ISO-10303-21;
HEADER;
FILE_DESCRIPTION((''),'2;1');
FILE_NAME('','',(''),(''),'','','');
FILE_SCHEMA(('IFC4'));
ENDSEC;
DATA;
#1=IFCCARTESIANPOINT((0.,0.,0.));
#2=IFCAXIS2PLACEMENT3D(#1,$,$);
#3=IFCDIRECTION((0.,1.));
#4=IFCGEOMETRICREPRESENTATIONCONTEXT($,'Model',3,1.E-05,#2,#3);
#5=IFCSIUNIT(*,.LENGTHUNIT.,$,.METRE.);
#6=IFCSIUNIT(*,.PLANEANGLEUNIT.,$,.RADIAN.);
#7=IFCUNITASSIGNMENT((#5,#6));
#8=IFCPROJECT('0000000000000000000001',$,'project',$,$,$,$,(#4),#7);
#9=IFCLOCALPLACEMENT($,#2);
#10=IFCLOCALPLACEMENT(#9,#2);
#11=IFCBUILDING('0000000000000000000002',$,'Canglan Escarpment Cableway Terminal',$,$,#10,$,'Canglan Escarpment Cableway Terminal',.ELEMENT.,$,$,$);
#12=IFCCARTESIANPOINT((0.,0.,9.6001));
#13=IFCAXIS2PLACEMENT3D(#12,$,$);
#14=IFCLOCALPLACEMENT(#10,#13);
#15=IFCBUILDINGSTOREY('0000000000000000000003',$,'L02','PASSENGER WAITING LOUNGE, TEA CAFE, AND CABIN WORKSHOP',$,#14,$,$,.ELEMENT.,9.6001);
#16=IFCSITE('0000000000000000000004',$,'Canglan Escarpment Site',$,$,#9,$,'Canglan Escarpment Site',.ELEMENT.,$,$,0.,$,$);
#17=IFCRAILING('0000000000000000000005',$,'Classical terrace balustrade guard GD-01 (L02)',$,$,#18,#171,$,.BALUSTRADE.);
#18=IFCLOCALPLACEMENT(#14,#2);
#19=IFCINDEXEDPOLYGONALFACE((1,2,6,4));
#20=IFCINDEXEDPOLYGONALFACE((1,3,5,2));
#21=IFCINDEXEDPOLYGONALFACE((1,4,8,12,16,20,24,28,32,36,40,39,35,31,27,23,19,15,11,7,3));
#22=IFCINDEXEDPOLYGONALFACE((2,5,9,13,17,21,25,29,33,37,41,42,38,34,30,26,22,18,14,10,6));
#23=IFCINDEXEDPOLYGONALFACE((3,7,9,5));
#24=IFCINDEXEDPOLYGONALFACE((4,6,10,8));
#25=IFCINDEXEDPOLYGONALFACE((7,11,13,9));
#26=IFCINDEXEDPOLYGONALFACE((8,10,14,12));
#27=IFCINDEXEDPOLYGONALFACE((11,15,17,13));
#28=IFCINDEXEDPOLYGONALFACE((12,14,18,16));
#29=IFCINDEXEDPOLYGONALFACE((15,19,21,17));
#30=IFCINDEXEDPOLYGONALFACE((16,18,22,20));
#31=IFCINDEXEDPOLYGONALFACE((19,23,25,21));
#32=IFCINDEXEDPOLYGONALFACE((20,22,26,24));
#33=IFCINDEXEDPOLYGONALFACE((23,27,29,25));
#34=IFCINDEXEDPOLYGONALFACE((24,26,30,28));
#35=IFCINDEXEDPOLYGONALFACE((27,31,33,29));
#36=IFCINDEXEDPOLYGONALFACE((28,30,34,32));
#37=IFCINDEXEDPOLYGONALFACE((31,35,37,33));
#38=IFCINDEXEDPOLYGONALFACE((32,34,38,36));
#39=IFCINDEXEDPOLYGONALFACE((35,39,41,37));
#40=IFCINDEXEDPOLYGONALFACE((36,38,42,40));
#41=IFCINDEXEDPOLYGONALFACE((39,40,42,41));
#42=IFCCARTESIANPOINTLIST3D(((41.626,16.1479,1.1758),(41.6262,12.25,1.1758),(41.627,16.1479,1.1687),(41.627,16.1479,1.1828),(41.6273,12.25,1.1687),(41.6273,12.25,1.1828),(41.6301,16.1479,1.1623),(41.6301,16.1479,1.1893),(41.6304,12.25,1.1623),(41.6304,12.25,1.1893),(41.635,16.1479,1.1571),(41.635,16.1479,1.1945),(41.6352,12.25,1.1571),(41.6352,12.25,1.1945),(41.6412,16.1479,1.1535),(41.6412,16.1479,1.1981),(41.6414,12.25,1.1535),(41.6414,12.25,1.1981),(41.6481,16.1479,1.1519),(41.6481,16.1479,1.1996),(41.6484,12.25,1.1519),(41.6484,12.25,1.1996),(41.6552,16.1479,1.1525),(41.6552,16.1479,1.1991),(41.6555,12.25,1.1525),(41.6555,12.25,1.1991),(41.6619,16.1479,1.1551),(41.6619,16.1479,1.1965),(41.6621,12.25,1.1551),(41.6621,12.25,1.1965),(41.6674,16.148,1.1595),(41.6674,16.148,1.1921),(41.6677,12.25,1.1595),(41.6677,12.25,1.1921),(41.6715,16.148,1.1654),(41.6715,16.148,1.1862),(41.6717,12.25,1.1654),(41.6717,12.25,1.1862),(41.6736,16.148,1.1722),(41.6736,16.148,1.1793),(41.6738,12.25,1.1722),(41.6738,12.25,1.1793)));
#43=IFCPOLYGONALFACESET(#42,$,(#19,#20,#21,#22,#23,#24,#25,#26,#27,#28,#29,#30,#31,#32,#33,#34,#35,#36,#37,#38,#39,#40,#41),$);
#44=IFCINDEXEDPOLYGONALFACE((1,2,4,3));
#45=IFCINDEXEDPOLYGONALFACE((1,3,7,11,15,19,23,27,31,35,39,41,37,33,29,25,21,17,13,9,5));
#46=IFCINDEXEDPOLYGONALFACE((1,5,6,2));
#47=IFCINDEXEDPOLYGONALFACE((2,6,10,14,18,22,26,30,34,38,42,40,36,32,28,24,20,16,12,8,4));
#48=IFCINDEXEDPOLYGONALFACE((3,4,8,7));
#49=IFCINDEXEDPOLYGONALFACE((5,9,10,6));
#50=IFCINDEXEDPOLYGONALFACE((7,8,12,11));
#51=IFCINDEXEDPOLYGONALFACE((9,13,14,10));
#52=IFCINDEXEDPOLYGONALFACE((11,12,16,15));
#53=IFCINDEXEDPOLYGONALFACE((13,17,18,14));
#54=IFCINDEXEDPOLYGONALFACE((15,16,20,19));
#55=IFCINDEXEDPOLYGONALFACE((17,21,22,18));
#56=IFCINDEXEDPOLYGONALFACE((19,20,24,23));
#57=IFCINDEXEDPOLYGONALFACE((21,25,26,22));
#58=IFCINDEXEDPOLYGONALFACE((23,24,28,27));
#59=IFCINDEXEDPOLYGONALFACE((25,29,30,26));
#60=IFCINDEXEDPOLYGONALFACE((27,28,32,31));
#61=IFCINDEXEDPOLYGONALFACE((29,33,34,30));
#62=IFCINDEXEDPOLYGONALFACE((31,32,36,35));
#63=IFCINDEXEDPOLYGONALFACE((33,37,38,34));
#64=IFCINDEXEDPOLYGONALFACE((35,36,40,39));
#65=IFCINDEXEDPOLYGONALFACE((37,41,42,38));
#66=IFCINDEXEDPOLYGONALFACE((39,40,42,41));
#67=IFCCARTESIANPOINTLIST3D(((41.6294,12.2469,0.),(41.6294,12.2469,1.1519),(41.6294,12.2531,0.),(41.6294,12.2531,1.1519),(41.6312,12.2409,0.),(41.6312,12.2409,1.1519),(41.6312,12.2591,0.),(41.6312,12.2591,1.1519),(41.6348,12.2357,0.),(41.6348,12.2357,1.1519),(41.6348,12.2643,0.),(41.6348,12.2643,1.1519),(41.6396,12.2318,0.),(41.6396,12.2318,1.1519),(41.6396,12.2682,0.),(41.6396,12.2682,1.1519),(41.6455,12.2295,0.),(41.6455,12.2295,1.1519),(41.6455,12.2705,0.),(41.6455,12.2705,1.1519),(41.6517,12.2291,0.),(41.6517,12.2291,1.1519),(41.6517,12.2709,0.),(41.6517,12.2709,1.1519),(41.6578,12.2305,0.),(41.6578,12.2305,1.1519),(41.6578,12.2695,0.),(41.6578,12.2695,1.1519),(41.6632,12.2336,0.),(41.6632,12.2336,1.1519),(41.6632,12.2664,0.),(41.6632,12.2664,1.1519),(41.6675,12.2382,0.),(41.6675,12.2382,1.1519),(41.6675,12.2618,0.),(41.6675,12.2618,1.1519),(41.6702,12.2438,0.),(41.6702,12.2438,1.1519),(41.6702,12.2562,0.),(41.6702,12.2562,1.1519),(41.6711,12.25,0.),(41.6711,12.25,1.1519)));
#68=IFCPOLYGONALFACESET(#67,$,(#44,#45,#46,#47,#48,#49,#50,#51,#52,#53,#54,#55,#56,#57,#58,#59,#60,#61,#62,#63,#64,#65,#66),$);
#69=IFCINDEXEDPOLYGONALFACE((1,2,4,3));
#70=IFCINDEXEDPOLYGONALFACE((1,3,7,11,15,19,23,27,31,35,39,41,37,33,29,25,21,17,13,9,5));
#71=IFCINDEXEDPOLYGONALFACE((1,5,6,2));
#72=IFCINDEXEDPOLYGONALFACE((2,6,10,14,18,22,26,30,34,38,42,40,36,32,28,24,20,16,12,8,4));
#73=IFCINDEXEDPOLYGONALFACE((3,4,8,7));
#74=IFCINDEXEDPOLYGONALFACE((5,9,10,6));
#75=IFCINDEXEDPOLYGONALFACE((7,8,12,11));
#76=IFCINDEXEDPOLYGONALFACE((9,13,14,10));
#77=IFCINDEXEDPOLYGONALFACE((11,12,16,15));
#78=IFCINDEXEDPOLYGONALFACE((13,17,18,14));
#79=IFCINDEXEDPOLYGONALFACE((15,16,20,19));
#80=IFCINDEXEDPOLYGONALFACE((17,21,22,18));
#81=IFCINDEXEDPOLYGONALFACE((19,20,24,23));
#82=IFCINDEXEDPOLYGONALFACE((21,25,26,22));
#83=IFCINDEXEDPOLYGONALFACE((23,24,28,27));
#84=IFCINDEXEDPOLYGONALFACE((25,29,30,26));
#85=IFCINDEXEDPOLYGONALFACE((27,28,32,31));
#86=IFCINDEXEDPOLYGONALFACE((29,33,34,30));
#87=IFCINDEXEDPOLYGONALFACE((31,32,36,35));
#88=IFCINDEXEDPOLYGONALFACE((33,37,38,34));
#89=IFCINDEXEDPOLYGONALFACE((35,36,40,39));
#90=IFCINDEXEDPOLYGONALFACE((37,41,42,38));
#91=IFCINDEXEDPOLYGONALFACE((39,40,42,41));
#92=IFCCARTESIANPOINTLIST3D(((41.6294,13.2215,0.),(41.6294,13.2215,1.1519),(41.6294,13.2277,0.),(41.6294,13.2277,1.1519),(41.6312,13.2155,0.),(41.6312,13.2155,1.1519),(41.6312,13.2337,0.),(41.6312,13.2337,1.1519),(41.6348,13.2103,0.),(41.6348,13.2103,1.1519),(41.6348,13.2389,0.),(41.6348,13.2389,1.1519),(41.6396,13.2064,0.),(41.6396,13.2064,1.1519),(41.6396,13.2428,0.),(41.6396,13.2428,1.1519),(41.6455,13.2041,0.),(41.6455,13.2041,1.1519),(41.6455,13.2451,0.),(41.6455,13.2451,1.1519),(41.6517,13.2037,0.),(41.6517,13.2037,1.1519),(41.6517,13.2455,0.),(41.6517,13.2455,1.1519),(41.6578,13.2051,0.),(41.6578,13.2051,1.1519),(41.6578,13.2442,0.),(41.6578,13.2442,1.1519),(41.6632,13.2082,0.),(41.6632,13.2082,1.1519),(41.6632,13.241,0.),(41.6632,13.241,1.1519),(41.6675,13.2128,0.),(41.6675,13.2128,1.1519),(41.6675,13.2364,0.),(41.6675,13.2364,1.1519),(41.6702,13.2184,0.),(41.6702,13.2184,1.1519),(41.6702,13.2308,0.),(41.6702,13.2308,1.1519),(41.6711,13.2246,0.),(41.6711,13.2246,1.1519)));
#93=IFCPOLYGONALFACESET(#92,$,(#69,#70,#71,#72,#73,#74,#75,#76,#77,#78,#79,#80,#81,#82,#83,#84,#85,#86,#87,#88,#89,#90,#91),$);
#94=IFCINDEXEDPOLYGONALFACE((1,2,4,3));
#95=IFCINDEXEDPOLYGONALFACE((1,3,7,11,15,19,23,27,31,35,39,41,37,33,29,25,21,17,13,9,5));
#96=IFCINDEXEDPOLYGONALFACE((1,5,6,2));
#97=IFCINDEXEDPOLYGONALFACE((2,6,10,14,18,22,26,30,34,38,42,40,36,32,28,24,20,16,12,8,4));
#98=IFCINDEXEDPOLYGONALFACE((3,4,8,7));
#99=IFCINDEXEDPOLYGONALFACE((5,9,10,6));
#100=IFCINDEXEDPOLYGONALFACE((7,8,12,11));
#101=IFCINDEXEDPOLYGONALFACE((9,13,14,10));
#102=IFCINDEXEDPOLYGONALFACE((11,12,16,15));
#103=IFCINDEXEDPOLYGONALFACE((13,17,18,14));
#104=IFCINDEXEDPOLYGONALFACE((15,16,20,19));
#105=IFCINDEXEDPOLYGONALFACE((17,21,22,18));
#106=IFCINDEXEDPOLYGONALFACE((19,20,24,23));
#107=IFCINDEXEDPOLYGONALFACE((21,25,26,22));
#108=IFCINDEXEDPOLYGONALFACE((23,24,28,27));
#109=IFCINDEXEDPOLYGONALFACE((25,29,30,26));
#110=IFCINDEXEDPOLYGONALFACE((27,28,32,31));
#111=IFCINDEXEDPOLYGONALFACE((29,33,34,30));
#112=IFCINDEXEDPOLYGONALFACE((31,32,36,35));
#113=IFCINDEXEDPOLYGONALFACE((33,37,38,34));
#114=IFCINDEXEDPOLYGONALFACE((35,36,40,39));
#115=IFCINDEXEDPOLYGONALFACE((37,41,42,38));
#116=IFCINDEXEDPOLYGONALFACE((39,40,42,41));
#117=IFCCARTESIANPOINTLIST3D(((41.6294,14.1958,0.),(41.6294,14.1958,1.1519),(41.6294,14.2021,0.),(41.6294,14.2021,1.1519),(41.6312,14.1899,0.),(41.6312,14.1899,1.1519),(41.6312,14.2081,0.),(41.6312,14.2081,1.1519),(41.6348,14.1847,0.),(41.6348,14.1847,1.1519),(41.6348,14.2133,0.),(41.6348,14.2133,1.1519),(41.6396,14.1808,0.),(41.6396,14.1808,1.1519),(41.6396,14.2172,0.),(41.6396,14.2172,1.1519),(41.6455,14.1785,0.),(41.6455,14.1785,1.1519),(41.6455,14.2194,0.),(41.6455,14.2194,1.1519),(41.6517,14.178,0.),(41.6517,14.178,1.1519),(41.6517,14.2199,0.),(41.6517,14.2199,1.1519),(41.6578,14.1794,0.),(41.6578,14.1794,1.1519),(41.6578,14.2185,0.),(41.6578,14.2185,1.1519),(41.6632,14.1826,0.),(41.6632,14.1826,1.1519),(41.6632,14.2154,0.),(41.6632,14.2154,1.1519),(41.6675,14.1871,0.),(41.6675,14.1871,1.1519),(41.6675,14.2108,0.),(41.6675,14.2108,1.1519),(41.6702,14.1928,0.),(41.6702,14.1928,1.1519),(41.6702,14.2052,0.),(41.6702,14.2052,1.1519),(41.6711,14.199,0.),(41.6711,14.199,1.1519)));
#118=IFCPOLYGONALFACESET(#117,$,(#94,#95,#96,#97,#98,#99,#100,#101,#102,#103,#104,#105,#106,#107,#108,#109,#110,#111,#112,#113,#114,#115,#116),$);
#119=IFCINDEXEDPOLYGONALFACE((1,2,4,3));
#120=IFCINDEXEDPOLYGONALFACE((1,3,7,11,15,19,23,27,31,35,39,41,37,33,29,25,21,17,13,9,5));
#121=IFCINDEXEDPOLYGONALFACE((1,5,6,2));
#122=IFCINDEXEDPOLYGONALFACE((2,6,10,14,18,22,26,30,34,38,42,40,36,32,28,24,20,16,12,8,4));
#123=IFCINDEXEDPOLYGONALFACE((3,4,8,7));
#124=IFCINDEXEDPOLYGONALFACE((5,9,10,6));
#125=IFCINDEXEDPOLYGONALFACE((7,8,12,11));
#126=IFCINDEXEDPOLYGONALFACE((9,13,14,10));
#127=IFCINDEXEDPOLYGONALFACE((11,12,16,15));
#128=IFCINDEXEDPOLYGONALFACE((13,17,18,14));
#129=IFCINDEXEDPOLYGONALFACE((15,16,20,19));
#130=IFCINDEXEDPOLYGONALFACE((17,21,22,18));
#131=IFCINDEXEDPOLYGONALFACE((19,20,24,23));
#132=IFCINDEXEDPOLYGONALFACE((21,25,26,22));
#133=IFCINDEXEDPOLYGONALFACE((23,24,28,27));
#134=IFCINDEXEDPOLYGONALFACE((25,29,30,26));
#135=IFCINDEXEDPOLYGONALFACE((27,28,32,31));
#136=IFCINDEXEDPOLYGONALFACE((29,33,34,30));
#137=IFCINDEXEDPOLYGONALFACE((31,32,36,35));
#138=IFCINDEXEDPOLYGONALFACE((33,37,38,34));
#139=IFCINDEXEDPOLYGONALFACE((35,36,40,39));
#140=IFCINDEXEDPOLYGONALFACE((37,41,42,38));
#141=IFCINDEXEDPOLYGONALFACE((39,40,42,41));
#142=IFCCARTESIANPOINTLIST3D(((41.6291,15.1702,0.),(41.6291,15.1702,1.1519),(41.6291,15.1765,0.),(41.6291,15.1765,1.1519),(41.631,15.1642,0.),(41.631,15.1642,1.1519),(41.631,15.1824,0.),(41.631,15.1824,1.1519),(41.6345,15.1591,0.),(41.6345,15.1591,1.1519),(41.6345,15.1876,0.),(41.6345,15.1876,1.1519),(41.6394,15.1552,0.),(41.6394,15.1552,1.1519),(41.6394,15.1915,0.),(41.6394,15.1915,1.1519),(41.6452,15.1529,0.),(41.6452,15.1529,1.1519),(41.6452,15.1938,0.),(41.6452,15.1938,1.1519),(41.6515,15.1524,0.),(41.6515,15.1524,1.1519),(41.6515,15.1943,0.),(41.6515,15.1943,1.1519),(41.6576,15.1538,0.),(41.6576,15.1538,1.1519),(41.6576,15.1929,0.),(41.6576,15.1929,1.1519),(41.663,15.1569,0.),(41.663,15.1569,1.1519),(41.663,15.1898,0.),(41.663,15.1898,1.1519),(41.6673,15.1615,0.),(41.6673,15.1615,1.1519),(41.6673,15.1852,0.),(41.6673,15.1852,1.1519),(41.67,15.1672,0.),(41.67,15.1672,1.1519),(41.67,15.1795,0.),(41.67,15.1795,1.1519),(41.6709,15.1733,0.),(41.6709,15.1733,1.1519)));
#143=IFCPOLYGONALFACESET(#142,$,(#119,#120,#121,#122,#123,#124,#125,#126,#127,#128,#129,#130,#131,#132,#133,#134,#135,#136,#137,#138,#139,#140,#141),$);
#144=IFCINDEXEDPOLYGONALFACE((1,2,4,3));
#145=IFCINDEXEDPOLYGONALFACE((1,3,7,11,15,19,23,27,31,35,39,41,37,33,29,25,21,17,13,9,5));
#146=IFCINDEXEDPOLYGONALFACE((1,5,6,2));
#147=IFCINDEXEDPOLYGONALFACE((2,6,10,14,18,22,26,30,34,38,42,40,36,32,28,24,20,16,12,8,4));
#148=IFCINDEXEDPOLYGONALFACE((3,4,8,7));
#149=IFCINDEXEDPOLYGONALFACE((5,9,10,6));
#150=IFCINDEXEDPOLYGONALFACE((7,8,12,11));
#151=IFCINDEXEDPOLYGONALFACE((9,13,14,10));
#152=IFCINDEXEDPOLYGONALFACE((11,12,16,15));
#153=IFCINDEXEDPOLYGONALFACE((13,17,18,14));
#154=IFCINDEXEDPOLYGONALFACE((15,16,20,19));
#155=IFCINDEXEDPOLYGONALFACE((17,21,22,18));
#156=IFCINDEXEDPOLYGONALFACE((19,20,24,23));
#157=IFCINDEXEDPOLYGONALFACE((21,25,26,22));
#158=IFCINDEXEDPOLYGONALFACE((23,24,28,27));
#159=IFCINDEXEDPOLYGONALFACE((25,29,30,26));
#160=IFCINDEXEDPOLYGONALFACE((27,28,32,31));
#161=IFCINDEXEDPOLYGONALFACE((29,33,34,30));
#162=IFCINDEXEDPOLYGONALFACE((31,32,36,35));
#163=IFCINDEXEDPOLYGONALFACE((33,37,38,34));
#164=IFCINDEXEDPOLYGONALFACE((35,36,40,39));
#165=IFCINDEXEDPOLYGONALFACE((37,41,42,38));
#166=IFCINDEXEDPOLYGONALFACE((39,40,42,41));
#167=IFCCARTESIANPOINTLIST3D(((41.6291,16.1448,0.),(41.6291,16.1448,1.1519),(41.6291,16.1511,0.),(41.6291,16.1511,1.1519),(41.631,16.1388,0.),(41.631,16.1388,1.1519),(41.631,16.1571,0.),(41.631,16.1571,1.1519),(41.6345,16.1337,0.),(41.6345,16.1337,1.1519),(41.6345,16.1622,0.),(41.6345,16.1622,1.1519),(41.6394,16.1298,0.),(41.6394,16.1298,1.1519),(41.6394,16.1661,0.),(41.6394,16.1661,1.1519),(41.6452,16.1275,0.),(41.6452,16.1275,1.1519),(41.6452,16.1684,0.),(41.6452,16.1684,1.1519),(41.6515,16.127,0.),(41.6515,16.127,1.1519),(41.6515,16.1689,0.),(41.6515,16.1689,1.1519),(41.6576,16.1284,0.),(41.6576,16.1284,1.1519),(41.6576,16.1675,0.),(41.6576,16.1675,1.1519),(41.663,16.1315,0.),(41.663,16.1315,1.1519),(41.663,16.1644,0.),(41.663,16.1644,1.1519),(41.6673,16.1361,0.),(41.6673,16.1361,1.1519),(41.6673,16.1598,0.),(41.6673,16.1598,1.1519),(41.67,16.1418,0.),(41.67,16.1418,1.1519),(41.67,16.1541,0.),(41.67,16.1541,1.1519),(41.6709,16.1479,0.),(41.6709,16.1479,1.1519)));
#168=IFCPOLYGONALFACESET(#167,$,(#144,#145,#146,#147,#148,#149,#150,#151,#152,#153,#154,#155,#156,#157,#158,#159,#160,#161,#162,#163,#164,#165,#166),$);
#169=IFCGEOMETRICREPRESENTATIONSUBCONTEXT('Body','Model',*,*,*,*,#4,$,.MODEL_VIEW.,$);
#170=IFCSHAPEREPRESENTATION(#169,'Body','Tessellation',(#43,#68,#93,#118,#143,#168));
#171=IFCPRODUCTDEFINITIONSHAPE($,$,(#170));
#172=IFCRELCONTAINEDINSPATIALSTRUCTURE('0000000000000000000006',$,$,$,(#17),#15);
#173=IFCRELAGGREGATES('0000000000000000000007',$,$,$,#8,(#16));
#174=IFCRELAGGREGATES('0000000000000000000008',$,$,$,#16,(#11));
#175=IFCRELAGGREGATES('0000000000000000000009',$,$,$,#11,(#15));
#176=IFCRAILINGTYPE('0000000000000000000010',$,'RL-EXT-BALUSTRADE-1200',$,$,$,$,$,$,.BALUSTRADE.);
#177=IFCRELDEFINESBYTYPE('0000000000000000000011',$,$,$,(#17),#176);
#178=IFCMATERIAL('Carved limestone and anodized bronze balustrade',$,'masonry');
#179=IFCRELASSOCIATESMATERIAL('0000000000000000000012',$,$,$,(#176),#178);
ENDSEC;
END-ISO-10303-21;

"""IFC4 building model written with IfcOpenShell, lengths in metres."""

from ifc_helpers import new_model, si_unit, direction, frame, origin, origin_2d, place, context, subcontext, project, spatial, circle, extrude, material, type_object, element, save


model = new_model("IFC4")

# Units and contexts
model_context = context("Model", 3, precision=1e-05, world=origin(), true_north=direction((0.0, 1.0)))
body_context = subcontext(model_context, "Body", "Model", "MODEL_VIEW")
ifc_project = project(units=[si_unit("LENGTHUNIT", "METRE"), si_unit("PLANEANGLEUNIT", "RADIAN")], contexts=[model_context])

# Site, building, storey
site_placement = place(None, origin())
site = spatial("IfcSite", under=ifc_project, at=site_placement, Name="Canglan Escarpment Site", LongName="Canglan Escarpment Site", CompositionType="ELEMENT", RefElevation=0.0)
building_placement = place(site_placement, origin())
building = spatial("IfcBuilding", under=site, at=building_placement, Name="Canglan Escarpment Cableway Terminal", LongName="Canglan Escarpment Cableway Terminal", CompositionType="ELEMENT")
storey_placement = place(building_placement, frame((0.0, 0.0, 9.6001)))
storey = spatial("IfcBuildingStorey", under=building, at=storey_placement, Name="L02", Description="PASSENGER WAITING LOUNGE, TEA CAFE, AND CABIN WORKSHOP", CompositionType="ELEMENT", Elevation=9.6001)

# Railing
ifc_material_1 = material(Name="Carved limestone and anodized bronze balustrade", Category="masonry")
railing_type = type_object("IfcRailingType", Name="RL-EXT-BALUSTRADE-1200", PredefinedType="BALUSTRADE", material=ifc_material_1)
railing_1_placement = place(storey_placement, frame((41.6501, 12.25, 0.0)))
element("IfcRailing", 1, at=railing_1_placement, inside=storey, type_object=railing_type, Name="Classical terrace balustrade guard GD-01 (L02)", PredefinedType="BALUSTRADE", context=body_context, shape_type="SweptSolid", body=[
    extrude(circle(Radius=0.0239, at=origin_2d()), frame((0.0, 0.0, 1.1758), z_axis=(-0.000063, 1.0, 0.0), x_axis=(-1.0, -0.000063, 0.0)), (0.0, 0.0, 1.0), 3.8979),
    extrude(circle(Radius=0.021, at=origin_2d()), origin(), (0.0, 0.0, 1.0), 1.1519),
    extrude(circle(Radius=0.021, at=origin_2d()), frame((0.0, 0.9746, 0.0)), (0.0, 0.0, 1.0), 1.1519),
    extrude(circle(Radius=0.021, at=origin_2d()), frame((0.0, 1.949, 0.0)), (0.0, 0.0, 1.0), 1.1519),
    extrude(circle(Radius=0.021, at=origin_2d()), frame((-0.0002, 2.9233, 0.0)), (0.0, 0.0, 1.0), 1.1519),
    extrude(circle(Radius=0.021, at=origin_2d()), frame((-0.0002, 3.8979, 0.0)), (0.0, 0.0, 1.0), 1.1519),
])

save(model, "model.ifc")
